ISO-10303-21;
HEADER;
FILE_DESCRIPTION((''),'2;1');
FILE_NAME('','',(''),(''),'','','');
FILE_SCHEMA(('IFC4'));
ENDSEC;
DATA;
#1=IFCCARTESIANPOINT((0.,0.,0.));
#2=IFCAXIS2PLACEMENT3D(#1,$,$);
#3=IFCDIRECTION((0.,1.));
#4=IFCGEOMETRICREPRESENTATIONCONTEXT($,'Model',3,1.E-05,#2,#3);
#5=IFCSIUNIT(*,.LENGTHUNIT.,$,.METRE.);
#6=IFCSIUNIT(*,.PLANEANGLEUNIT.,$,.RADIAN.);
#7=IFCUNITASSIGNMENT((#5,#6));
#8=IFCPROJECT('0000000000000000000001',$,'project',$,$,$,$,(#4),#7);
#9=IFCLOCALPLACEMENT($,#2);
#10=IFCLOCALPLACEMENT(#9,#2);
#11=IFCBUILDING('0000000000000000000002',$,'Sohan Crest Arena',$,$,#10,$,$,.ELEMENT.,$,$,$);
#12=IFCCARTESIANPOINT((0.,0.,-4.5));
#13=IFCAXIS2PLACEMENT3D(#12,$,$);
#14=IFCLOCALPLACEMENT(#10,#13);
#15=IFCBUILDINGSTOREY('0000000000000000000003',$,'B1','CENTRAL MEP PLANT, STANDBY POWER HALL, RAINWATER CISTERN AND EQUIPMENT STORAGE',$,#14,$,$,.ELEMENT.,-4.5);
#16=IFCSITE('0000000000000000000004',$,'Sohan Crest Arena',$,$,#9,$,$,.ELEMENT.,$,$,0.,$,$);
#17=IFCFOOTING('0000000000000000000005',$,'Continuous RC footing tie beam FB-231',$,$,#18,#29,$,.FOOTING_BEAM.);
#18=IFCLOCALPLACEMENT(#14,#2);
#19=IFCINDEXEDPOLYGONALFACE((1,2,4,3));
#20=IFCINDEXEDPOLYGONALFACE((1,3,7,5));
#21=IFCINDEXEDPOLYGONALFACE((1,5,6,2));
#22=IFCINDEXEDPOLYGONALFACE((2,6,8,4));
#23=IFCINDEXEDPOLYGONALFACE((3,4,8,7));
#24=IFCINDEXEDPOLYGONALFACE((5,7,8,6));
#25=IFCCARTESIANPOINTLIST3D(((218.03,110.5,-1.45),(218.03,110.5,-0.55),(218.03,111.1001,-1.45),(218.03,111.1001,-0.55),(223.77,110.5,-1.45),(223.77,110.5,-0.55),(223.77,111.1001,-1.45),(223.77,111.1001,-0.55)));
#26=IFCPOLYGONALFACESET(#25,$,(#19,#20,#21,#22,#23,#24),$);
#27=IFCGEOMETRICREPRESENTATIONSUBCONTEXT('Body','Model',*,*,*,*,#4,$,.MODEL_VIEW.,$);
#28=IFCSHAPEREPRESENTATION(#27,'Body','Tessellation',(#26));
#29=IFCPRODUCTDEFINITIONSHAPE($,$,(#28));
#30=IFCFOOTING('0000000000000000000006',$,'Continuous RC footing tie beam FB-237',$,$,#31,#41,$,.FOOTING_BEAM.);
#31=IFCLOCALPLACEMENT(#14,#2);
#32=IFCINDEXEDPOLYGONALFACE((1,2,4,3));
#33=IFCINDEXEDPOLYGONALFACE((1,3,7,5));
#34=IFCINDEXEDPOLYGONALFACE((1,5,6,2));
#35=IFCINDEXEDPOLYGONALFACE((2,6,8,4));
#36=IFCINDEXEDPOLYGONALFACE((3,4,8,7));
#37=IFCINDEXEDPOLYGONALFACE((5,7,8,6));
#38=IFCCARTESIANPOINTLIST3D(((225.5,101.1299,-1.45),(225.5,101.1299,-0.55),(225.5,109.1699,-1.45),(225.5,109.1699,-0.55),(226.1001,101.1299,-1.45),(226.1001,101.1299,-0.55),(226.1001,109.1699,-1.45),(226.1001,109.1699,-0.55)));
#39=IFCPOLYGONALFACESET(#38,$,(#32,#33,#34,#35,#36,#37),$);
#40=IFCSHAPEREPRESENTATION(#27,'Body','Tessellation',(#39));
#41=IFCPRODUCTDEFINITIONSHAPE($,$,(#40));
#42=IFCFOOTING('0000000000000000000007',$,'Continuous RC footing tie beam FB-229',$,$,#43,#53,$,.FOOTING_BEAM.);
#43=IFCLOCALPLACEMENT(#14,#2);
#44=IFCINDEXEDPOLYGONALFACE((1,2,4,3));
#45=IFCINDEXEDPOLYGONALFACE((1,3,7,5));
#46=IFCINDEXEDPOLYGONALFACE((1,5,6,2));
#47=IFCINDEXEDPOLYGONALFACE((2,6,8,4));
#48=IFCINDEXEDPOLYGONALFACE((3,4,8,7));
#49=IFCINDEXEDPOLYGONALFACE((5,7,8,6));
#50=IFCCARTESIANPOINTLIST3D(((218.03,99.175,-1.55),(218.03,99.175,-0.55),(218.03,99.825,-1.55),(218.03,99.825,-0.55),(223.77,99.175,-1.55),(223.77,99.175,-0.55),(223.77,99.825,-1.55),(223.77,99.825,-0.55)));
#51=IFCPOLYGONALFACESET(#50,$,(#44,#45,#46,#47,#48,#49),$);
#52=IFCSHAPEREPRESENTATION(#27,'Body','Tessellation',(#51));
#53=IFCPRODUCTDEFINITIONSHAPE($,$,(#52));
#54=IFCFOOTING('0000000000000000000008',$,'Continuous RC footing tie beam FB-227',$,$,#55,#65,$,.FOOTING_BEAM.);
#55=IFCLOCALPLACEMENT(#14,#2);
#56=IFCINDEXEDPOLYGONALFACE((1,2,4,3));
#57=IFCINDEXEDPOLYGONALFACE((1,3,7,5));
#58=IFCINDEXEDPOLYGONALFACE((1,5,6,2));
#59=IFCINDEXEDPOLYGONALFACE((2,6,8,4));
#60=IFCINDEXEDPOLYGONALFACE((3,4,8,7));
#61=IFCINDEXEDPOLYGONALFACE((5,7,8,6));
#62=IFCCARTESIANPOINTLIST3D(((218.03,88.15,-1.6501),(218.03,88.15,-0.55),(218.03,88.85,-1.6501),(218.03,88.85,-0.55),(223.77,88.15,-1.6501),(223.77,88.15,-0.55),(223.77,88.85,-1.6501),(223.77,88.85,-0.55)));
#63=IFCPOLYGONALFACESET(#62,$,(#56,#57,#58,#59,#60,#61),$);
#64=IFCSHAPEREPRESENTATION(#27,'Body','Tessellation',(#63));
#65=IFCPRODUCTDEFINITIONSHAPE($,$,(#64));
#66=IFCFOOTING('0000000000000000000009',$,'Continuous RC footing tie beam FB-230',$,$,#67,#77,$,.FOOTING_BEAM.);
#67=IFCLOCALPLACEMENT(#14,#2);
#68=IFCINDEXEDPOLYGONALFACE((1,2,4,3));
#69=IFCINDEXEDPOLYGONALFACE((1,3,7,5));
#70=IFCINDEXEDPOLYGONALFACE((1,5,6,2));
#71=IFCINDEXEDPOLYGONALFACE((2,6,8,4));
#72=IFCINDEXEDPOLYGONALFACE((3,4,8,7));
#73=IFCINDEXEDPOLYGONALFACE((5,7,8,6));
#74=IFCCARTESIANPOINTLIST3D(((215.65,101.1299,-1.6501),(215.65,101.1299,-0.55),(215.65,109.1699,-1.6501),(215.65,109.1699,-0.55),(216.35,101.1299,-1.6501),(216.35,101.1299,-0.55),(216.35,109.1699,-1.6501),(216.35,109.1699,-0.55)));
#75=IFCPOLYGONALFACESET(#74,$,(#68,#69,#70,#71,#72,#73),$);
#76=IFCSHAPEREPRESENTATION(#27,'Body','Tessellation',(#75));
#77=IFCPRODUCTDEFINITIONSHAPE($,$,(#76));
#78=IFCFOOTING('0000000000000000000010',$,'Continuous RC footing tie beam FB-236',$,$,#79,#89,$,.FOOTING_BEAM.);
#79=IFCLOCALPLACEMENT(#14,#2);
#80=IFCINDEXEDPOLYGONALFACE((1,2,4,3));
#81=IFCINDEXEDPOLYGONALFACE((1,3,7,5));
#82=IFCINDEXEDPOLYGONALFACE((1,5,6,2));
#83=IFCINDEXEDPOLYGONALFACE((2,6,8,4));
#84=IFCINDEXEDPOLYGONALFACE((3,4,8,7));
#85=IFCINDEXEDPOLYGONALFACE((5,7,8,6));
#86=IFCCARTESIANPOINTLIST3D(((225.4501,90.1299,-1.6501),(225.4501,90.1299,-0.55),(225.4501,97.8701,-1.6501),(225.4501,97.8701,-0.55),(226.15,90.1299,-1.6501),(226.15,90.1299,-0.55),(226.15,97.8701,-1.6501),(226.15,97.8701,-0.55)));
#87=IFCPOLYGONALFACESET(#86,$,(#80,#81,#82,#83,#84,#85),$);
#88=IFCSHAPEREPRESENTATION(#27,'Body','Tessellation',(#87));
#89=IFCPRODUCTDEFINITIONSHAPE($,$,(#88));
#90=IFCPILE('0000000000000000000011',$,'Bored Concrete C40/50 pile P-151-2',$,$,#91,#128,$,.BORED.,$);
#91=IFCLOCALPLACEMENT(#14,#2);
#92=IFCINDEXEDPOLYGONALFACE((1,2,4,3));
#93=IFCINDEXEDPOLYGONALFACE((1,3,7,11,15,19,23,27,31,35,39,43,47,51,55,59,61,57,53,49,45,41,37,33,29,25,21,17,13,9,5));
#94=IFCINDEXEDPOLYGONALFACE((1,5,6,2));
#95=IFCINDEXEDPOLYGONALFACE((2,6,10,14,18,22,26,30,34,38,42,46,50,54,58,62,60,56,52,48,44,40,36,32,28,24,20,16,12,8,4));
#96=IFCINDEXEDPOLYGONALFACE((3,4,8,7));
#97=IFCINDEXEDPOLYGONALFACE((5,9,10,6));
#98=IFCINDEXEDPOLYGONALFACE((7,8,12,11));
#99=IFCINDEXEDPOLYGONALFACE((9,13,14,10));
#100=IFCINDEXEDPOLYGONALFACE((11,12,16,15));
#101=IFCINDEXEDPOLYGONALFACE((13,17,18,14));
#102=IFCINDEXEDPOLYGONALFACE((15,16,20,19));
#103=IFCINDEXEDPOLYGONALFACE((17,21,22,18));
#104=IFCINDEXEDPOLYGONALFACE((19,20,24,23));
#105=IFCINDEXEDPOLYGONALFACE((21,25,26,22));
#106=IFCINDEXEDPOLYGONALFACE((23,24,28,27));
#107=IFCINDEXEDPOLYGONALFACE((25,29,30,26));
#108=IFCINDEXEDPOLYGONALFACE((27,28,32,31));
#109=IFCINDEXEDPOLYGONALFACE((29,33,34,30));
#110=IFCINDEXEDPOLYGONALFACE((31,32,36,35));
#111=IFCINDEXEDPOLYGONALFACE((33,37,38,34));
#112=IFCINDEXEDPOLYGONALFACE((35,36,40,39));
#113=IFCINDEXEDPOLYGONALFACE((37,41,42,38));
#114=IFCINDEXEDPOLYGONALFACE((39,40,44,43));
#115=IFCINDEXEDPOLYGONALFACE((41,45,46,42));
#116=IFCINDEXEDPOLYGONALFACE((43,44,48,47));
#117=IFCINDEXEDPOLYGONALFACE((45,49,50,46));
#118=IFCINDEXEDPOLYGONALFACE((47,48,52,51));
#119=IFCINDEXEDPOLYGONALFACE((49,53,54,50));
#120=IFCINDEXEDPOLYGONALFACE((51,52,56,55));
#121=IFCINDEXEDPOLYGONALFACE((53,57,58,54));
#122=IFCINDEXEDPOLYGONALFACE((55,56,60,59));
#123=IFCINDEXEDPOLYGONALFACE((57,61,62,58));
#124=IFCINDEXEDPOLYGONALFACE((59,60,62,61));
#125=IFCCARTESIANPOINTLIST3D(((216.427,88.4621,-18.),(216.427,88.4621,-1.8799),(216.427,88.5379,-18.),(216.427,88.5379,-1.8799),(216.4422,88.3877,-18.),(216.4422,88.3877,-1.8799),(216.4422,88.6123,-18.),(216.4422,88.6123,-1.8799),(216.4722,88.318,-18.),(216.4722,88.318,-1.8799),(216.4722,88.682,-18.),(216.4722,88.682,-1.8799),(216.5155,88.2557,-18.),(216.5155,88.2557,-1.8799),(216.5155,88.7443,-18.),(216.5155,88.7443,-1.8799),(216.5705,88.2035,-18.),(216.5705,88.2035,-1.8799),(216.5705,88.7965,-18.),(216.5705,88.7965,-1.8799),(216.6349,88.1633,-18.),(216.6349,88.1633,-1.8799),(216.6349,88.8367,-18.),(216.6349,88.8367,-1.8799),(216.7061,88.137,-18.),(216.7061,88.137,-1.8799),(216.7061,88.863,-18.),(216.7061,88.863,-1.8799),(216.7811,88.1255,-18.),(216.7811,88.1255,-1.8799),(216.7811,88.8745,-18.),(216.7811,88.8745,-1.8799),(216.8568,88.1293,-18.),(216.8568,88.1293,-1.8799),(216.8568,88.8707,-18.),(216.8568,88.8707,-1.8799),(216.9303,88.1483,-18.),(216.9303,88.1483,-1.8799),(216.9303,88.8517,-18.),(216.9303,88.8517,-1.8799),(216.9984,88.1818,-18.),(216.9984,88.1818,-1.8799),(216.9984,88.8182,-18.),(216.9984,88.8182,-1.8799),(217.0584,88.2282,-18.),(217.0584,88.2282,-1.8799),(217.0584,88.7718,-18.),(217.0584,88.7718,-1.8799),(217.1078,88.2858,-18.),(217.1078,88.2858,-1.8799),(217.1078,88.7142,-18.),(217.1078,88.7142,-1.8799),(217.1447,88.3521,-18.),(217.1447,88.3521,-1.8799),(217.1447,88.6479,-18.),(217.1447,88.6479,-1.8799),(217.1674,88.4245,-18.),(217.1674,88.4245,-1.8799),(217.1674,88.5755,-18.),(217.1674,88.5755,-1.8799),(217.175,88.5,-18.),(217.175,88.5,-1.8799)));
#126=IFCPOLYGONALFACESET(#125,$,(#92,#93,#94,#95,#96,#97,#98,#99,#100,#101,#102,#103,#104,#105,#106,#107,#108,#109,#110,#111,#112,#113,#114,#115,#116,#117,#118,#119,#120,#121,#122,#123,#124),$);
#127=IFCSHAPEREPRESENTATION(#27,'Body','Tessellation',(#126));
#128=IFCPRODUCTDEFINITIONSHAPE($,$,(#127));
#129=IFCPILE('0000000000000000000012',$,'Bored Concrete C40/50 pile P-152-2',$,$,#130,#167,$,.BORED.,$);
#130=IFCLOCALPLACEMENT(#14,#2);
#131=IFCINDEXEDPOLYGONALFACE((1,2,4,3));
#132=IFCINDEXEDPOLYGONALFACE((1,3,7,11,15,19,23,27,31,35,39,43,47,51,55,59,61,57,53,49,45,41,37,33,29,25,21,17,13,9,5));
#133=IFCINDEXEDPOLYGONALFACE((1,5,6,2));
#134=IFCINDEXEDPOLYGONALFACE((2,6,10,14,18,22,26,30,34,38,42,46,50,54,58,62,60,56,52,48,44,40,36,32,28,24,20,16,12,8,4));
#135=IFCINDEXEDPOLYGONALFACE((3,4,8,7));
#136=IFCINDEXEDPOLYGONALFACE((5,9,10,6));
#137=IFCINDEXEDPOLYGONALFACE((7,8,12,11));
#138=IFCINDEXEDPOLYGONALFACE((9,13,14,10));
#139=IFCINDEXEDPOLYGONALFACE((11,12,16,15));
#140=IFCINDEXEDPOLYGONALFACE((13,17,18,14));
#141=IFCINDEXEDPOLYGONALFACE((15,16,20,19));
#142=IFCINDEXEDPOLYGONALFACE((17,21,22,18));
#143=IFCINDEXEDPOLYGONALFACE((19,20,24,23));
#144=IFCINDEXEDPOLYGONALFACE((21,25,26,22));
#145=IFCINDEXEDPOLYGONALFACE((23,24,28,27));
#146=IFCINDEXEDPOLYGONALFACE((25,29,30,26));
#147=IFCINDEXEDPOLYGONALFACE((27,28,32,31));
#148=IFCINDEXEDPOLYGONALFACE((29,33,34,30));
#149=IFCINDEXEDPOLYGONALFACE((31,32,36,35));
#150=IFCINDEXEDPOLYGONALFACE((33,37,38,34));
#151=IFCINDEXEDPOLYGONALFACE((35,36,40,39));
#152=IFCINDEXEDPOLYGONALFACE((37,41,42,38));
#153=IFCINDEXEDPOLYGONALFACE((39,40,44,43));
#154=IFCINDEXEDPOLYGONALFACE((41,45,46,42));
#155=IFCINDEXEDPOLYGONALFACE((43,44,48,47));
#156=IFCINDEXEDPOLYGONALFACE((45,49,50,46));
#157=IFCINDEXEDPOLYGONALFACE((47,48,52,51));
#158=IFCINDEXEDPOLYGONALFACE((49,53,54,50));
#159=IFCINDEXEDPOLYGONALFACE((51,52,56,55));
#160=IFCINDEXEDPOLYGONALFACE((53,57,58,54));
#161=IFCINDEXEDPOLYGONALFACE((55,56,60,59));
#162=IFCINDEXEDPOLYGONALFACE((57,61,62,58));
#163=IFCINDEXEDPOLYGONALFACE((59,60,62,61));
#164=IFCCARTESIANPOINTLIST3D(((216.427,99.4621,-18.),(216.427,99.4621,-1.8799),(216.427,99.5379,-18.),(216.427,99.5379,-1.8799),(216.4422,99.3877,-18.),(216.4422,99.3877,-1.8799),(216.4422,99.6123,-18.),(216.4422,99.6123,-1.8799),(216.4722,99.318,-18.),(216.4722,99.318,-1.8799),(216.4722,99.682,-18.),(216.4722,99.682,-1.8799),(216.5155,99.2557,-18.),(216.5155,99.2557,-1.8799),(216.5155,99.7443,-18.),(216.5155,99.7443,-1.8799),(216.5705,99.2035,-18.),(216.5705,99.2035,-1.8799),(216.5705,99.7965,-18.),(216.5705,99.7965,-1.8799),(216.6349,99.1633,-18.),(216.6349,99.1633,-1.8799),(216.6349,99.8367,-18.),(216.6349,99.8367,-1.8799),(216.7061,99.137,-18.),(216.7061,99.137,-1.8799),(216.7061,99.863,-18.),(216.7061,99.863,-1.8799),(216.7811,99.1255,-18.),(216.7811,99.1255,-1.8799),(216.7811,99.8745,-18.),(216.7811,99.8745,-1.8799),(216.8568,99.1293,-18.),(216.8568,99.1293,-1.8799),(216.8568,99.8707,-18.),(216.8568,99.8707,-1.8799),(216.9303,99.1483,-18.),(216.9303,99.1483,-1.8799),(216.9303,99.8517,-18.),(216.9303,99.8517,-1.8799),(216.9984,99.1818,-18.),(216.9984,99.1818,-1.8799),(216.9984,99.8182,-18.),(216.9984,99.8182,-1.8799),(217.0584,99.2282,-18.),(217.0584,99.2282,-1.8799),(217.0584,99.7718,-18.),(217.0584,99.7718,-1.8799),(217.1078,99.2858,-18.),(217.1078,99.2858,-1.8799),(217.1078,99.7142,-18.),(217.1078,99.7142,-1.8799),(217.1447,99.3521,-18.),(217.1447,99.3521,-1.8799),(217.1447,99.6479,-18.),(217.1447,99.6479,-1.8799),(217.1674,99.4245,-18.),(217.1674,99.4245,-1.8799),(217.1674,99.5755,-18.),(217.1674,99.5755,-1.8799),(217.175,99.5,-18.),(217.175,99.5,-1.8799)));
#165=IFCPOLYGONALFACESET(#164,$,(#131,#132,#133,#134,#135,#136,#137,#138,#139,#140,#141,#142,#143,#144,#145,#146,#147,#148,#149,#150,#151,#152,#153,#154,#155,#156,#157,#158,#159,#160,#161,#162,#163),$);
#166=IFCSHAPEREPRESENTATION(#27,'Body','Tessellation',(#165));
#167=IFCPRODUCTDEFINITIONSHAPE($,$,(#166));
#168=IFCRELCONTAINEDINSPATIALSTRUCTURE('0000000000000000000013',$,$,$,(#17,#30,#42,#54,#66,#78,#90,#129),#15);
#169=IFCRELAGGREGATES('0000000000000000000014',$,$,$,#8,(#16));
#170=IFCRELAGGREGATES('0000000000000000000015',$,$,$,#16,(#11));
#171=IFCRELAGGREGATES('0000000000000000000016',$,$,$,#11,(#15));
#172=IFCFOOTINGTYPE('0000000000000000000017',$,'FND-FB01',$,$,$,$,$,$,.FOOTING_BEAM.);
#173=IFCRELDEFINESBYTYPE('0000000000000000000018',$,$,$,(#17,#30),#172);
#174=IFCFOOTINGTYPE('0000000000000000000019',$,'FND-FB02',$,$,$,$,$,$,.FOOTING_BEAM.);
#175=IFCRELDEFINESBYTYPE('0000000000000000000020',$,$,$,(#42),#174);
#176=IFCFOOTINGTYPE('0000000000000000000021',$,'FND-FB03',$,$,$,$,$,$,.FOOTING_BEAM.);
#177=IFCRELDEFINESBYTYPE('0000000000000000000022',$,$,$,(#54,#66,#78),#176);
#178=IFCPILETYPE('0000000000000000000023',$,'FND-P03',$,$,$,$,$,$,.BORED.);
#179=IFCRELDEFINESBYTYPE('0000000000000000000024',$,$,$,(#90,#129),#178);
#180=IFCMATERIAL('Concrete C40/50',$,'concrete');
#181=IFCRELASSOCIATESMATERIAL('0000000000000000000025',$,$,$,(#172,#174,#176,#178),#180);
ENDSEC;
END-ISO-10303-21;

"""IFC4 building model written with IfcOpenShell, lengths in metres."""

from ifc_helpers import new_model, si_unit, direction, frame, origin, origin_2d, place, context, subcontext, project, spatial, rectangle, circle, extrude, material, material_profile, profile_set, type_object, element, save


model = new_model("IFC4")

# Units and contexts
model_context = context("Model", 3, precision=1e-05, world=origin(), true_north=direction((0.0, 1.0)))
body_context = subcontext(model_context, "Body", "Model", "MODEL_VIEW")
ifc_project = project(units=[si_unit("LENGTHUNIT", "METRE"), si_unit("PLANEANGLEUNIT", "RADIAN")], contexts=[model_context])

# Site, building, storey
site_placement = place(None, origin())
site = spatial("IfcSite", under=ifc_project, at=site_placement, Name="Sohan Crest Arena", CompositionType="ELEMENT", RefElevation=0.0)
building_placement = place(site_placement, origin())
building = spatial("IfcBuilding", under=site, at=building_placement, Name="Sohan Crest Arena", CompositionType="ELEMENT")
storey_placement = place(building_placement, frame((0.0, 0.0, -4.5)))
storey = spatial("IfcBuildingStorey", under=building, at=storey_placement, Name="B1", Description="CENTRAL MEP PLANT, STANDBY POWER HALL, RAINWATER CISTERN AND EQUIPMENT STORAGE", CompositionType="ELEMENT", Elevation=-4.5)

# Footings
ifc_material = material(Name="Concrete C40/50", Category="concrete")
ifc_material_profile_1 = material_profile(ifc_material, rectangle(XDim=0.6001, YDim=0.8999, at=origin_2d()), Name="RC-FB 600x900")
ifc_profile_set_1 = profile_set([ifc_material_profile_1], Name="Concrete C40/50")
footing_type_1 = type_object("IfcFootingType", Name="FND-FB01", PredefinedType="FOOTING_BEAM", material=ifc_profile_set_1)
footing_1_placement = place(storey_placement, frame((218.03, 110.8, -1.0), z_axis=(1.0, 0.0, 0.0), x_axis=(0.0, 1.0, 0.0)))
element("IfcFooting", 1, at=footing_1_placement, inside=storey, type_object=footing_type_1, Name="Continuous RC footing tie beam FB-231", PredefinedType="FOOTING_BEAM", context=body_context, shape_type="SweptSolid", body=[
    extrude(rectangle(XDim=0.6001, YDim=0.8999, at=origin_2d()), origin(), (0.0, 0.0, 1.0), 5.74),
])
footing_2_placement = place(storey_placement, frame((225.8, 101.1299, -1.0), z_axis=(0.0, 1.0, 0.0), x_axis=(-1.0, 0.0, 0.0)))
element("IfcFooting", 2, at=footing_2_placement, inside=storey, type_object=footing_type_1, Name="Continuous RC footing tie beam FB-237", PredefinedType="FOOTING_BEAM", context=body_context, shape_type="SweptSolid", body=[
    extrude(rectangle(XDim=0.6001, YDim=0.8999, at=origin_2d()), origin(), (0.0, 0.0, 1.0), 8.04),
])
ifc_material_profile_2 = material_profile(ifc_material, rectangle(XDim=0.6499, YDim=1.0, at=origin_2d()), Name="RC-FB 650x1000")
ifc_profile_set_2 = profile_set([ifc_material_profile_2], Name="Concrete C40/50")
footing_type_2 = type_object("IfcFootingType", Name="FND-FB02", PredefinedType="FOOTING_BEAM", material=ifc_profile_set_2)
footing_3_placement = place(storey_placement, frame((218.03, 99.5, -1.05), z_axis=(1.0, 0.0, 0.0), x_axis=(0.0, 1.0, 0.0)))
element("IfcFooting", 3, at=footing_3_placement, inside=storey, type_object=footing_type_2, Name="Continuous RC footing tie beam FB-229", PredefinedType="FOOTING_BEAM", context=body_context, shape_type="SweptSolid", body=[
    extrude(rectangle(XDim=0.6499, YDim=1.0, at=origin_2d()), origin(), (0.0, 0.0, 1.0), 5.74),
])
ifc_material_profile_3 = material_profile(ifc_material, rectangle(XDim=0.7, YDim=1.1001, at=origin_2d()), Name="RC-FB 700x1100")
ifc_profile_set_3 = profile_set([ifc_material_profile_3], Name="Concrete C40/50")
footing_type_3 = type_object("IfcFootingType", Name="FND-FB03", PredefinedType="FOOTING_BEAM", material=ifc_profile_set_3)
footing_4_placement = place(storey_placement, frame((218.03, 88.5, -1.1001), z_axis=(1.0, 0.0, 0.0), x_axis=(0.0, 1.0, 0.0)))
element("IfcFooting", 4, at=footing_4_placement, inside=storey, type_object=footing_type_3, Name="Continuous RC footing tie beam FB-227", PredefinedType="FOOTING_BEAM", context=body_context, shape_type="SweptSolid", body=[
    extrude(rectangle(XDim=0.7, YDim=1.1001, at=origin_2d()), origin(), (0.0, 0.0, 1.0), 5.74),
])
footing_5_placement = place(storey_placement, frame((216.0, 101.1299, -1.1001), z_axis=(0.0, 1.0, 0.0), x_axis=(-1.0, 0.0, 0.0)))
element("IfcFooting", 5, at=footing_5_placement, inside=storey, type_object=footing_type_3, Name="Continuous RC footing tie beam FB-230", PredefinedType="FOOTING_BEAM", context=body_context, shape_type="SweptSolid", body=[
    extrude(rectangle(XDim=0.7, YDim=1.1001, at=origin_2d()), origin(), (0.0, 0.0, 1.0), 8.04),
])
footing_6_placement = place(storey_placement, frame((225.8, 90.1299, -1.1001), z_axis=(0.0, 1.0, 0.0), x_axis=(-1.0, 0.0, 0.0)))
element("IfcFooting", 6, at=footing_6_placement, inside=storey, type_object=footing_type_3, Name="Continuous RC footing tie beam FB-236", PredefinedType="FOOTING_BEAM", context=body_context, shape_type="SweptSolid", body=[
    extrude(rectangle(XDim=0.7, YDim=1.1001, at=origin_2d()), origin(), (0.0, 0.0, 1.0), 7.7402),
])

# Piles
ifc_material_profile_4 = material_profile(ifc_material, circle(Radius=0.375, at=origin_2d()), Name="PILE D750")
ifc_profile_set_4 = profile_set([ifc_material_profile_4], Name="Concrete C40/50")
pile_type = type_object("IfcPileType", Name="FND-P03", PredefinedType="BORED", material=ifc_profile_set_4)
for number, where, z_axis, x_axis, name in (
    (7, (216.8, 88.5, -18.0), (0.0, 0.0, 1.0), (1.0, 0.0, 0.0), "Bored Concrete C40/50 pile P-151-2"),
    (8, (216.8, 99.5, -18.0), (0.0, 0.0, 1.0), (1.0, 0.0, 0.0), "Bored Concrete C40/50 pile P-152-2"),
):
    element("IfcPile", number, at=place(storey_placement, frame(where, z_axis=z_axis, x_axis=x_axis)), inside=storey, type_object=pile_type, Name=name, PredefinedType="BORED", context=body_context, shape_type="SweptSolid", body=[
        extrude(circle(Radius=0.375, at=origin_2d()), origin(), (0.0, 0.0, 1.0), 16.1201),
    ])

save(model, "model.ifc")
